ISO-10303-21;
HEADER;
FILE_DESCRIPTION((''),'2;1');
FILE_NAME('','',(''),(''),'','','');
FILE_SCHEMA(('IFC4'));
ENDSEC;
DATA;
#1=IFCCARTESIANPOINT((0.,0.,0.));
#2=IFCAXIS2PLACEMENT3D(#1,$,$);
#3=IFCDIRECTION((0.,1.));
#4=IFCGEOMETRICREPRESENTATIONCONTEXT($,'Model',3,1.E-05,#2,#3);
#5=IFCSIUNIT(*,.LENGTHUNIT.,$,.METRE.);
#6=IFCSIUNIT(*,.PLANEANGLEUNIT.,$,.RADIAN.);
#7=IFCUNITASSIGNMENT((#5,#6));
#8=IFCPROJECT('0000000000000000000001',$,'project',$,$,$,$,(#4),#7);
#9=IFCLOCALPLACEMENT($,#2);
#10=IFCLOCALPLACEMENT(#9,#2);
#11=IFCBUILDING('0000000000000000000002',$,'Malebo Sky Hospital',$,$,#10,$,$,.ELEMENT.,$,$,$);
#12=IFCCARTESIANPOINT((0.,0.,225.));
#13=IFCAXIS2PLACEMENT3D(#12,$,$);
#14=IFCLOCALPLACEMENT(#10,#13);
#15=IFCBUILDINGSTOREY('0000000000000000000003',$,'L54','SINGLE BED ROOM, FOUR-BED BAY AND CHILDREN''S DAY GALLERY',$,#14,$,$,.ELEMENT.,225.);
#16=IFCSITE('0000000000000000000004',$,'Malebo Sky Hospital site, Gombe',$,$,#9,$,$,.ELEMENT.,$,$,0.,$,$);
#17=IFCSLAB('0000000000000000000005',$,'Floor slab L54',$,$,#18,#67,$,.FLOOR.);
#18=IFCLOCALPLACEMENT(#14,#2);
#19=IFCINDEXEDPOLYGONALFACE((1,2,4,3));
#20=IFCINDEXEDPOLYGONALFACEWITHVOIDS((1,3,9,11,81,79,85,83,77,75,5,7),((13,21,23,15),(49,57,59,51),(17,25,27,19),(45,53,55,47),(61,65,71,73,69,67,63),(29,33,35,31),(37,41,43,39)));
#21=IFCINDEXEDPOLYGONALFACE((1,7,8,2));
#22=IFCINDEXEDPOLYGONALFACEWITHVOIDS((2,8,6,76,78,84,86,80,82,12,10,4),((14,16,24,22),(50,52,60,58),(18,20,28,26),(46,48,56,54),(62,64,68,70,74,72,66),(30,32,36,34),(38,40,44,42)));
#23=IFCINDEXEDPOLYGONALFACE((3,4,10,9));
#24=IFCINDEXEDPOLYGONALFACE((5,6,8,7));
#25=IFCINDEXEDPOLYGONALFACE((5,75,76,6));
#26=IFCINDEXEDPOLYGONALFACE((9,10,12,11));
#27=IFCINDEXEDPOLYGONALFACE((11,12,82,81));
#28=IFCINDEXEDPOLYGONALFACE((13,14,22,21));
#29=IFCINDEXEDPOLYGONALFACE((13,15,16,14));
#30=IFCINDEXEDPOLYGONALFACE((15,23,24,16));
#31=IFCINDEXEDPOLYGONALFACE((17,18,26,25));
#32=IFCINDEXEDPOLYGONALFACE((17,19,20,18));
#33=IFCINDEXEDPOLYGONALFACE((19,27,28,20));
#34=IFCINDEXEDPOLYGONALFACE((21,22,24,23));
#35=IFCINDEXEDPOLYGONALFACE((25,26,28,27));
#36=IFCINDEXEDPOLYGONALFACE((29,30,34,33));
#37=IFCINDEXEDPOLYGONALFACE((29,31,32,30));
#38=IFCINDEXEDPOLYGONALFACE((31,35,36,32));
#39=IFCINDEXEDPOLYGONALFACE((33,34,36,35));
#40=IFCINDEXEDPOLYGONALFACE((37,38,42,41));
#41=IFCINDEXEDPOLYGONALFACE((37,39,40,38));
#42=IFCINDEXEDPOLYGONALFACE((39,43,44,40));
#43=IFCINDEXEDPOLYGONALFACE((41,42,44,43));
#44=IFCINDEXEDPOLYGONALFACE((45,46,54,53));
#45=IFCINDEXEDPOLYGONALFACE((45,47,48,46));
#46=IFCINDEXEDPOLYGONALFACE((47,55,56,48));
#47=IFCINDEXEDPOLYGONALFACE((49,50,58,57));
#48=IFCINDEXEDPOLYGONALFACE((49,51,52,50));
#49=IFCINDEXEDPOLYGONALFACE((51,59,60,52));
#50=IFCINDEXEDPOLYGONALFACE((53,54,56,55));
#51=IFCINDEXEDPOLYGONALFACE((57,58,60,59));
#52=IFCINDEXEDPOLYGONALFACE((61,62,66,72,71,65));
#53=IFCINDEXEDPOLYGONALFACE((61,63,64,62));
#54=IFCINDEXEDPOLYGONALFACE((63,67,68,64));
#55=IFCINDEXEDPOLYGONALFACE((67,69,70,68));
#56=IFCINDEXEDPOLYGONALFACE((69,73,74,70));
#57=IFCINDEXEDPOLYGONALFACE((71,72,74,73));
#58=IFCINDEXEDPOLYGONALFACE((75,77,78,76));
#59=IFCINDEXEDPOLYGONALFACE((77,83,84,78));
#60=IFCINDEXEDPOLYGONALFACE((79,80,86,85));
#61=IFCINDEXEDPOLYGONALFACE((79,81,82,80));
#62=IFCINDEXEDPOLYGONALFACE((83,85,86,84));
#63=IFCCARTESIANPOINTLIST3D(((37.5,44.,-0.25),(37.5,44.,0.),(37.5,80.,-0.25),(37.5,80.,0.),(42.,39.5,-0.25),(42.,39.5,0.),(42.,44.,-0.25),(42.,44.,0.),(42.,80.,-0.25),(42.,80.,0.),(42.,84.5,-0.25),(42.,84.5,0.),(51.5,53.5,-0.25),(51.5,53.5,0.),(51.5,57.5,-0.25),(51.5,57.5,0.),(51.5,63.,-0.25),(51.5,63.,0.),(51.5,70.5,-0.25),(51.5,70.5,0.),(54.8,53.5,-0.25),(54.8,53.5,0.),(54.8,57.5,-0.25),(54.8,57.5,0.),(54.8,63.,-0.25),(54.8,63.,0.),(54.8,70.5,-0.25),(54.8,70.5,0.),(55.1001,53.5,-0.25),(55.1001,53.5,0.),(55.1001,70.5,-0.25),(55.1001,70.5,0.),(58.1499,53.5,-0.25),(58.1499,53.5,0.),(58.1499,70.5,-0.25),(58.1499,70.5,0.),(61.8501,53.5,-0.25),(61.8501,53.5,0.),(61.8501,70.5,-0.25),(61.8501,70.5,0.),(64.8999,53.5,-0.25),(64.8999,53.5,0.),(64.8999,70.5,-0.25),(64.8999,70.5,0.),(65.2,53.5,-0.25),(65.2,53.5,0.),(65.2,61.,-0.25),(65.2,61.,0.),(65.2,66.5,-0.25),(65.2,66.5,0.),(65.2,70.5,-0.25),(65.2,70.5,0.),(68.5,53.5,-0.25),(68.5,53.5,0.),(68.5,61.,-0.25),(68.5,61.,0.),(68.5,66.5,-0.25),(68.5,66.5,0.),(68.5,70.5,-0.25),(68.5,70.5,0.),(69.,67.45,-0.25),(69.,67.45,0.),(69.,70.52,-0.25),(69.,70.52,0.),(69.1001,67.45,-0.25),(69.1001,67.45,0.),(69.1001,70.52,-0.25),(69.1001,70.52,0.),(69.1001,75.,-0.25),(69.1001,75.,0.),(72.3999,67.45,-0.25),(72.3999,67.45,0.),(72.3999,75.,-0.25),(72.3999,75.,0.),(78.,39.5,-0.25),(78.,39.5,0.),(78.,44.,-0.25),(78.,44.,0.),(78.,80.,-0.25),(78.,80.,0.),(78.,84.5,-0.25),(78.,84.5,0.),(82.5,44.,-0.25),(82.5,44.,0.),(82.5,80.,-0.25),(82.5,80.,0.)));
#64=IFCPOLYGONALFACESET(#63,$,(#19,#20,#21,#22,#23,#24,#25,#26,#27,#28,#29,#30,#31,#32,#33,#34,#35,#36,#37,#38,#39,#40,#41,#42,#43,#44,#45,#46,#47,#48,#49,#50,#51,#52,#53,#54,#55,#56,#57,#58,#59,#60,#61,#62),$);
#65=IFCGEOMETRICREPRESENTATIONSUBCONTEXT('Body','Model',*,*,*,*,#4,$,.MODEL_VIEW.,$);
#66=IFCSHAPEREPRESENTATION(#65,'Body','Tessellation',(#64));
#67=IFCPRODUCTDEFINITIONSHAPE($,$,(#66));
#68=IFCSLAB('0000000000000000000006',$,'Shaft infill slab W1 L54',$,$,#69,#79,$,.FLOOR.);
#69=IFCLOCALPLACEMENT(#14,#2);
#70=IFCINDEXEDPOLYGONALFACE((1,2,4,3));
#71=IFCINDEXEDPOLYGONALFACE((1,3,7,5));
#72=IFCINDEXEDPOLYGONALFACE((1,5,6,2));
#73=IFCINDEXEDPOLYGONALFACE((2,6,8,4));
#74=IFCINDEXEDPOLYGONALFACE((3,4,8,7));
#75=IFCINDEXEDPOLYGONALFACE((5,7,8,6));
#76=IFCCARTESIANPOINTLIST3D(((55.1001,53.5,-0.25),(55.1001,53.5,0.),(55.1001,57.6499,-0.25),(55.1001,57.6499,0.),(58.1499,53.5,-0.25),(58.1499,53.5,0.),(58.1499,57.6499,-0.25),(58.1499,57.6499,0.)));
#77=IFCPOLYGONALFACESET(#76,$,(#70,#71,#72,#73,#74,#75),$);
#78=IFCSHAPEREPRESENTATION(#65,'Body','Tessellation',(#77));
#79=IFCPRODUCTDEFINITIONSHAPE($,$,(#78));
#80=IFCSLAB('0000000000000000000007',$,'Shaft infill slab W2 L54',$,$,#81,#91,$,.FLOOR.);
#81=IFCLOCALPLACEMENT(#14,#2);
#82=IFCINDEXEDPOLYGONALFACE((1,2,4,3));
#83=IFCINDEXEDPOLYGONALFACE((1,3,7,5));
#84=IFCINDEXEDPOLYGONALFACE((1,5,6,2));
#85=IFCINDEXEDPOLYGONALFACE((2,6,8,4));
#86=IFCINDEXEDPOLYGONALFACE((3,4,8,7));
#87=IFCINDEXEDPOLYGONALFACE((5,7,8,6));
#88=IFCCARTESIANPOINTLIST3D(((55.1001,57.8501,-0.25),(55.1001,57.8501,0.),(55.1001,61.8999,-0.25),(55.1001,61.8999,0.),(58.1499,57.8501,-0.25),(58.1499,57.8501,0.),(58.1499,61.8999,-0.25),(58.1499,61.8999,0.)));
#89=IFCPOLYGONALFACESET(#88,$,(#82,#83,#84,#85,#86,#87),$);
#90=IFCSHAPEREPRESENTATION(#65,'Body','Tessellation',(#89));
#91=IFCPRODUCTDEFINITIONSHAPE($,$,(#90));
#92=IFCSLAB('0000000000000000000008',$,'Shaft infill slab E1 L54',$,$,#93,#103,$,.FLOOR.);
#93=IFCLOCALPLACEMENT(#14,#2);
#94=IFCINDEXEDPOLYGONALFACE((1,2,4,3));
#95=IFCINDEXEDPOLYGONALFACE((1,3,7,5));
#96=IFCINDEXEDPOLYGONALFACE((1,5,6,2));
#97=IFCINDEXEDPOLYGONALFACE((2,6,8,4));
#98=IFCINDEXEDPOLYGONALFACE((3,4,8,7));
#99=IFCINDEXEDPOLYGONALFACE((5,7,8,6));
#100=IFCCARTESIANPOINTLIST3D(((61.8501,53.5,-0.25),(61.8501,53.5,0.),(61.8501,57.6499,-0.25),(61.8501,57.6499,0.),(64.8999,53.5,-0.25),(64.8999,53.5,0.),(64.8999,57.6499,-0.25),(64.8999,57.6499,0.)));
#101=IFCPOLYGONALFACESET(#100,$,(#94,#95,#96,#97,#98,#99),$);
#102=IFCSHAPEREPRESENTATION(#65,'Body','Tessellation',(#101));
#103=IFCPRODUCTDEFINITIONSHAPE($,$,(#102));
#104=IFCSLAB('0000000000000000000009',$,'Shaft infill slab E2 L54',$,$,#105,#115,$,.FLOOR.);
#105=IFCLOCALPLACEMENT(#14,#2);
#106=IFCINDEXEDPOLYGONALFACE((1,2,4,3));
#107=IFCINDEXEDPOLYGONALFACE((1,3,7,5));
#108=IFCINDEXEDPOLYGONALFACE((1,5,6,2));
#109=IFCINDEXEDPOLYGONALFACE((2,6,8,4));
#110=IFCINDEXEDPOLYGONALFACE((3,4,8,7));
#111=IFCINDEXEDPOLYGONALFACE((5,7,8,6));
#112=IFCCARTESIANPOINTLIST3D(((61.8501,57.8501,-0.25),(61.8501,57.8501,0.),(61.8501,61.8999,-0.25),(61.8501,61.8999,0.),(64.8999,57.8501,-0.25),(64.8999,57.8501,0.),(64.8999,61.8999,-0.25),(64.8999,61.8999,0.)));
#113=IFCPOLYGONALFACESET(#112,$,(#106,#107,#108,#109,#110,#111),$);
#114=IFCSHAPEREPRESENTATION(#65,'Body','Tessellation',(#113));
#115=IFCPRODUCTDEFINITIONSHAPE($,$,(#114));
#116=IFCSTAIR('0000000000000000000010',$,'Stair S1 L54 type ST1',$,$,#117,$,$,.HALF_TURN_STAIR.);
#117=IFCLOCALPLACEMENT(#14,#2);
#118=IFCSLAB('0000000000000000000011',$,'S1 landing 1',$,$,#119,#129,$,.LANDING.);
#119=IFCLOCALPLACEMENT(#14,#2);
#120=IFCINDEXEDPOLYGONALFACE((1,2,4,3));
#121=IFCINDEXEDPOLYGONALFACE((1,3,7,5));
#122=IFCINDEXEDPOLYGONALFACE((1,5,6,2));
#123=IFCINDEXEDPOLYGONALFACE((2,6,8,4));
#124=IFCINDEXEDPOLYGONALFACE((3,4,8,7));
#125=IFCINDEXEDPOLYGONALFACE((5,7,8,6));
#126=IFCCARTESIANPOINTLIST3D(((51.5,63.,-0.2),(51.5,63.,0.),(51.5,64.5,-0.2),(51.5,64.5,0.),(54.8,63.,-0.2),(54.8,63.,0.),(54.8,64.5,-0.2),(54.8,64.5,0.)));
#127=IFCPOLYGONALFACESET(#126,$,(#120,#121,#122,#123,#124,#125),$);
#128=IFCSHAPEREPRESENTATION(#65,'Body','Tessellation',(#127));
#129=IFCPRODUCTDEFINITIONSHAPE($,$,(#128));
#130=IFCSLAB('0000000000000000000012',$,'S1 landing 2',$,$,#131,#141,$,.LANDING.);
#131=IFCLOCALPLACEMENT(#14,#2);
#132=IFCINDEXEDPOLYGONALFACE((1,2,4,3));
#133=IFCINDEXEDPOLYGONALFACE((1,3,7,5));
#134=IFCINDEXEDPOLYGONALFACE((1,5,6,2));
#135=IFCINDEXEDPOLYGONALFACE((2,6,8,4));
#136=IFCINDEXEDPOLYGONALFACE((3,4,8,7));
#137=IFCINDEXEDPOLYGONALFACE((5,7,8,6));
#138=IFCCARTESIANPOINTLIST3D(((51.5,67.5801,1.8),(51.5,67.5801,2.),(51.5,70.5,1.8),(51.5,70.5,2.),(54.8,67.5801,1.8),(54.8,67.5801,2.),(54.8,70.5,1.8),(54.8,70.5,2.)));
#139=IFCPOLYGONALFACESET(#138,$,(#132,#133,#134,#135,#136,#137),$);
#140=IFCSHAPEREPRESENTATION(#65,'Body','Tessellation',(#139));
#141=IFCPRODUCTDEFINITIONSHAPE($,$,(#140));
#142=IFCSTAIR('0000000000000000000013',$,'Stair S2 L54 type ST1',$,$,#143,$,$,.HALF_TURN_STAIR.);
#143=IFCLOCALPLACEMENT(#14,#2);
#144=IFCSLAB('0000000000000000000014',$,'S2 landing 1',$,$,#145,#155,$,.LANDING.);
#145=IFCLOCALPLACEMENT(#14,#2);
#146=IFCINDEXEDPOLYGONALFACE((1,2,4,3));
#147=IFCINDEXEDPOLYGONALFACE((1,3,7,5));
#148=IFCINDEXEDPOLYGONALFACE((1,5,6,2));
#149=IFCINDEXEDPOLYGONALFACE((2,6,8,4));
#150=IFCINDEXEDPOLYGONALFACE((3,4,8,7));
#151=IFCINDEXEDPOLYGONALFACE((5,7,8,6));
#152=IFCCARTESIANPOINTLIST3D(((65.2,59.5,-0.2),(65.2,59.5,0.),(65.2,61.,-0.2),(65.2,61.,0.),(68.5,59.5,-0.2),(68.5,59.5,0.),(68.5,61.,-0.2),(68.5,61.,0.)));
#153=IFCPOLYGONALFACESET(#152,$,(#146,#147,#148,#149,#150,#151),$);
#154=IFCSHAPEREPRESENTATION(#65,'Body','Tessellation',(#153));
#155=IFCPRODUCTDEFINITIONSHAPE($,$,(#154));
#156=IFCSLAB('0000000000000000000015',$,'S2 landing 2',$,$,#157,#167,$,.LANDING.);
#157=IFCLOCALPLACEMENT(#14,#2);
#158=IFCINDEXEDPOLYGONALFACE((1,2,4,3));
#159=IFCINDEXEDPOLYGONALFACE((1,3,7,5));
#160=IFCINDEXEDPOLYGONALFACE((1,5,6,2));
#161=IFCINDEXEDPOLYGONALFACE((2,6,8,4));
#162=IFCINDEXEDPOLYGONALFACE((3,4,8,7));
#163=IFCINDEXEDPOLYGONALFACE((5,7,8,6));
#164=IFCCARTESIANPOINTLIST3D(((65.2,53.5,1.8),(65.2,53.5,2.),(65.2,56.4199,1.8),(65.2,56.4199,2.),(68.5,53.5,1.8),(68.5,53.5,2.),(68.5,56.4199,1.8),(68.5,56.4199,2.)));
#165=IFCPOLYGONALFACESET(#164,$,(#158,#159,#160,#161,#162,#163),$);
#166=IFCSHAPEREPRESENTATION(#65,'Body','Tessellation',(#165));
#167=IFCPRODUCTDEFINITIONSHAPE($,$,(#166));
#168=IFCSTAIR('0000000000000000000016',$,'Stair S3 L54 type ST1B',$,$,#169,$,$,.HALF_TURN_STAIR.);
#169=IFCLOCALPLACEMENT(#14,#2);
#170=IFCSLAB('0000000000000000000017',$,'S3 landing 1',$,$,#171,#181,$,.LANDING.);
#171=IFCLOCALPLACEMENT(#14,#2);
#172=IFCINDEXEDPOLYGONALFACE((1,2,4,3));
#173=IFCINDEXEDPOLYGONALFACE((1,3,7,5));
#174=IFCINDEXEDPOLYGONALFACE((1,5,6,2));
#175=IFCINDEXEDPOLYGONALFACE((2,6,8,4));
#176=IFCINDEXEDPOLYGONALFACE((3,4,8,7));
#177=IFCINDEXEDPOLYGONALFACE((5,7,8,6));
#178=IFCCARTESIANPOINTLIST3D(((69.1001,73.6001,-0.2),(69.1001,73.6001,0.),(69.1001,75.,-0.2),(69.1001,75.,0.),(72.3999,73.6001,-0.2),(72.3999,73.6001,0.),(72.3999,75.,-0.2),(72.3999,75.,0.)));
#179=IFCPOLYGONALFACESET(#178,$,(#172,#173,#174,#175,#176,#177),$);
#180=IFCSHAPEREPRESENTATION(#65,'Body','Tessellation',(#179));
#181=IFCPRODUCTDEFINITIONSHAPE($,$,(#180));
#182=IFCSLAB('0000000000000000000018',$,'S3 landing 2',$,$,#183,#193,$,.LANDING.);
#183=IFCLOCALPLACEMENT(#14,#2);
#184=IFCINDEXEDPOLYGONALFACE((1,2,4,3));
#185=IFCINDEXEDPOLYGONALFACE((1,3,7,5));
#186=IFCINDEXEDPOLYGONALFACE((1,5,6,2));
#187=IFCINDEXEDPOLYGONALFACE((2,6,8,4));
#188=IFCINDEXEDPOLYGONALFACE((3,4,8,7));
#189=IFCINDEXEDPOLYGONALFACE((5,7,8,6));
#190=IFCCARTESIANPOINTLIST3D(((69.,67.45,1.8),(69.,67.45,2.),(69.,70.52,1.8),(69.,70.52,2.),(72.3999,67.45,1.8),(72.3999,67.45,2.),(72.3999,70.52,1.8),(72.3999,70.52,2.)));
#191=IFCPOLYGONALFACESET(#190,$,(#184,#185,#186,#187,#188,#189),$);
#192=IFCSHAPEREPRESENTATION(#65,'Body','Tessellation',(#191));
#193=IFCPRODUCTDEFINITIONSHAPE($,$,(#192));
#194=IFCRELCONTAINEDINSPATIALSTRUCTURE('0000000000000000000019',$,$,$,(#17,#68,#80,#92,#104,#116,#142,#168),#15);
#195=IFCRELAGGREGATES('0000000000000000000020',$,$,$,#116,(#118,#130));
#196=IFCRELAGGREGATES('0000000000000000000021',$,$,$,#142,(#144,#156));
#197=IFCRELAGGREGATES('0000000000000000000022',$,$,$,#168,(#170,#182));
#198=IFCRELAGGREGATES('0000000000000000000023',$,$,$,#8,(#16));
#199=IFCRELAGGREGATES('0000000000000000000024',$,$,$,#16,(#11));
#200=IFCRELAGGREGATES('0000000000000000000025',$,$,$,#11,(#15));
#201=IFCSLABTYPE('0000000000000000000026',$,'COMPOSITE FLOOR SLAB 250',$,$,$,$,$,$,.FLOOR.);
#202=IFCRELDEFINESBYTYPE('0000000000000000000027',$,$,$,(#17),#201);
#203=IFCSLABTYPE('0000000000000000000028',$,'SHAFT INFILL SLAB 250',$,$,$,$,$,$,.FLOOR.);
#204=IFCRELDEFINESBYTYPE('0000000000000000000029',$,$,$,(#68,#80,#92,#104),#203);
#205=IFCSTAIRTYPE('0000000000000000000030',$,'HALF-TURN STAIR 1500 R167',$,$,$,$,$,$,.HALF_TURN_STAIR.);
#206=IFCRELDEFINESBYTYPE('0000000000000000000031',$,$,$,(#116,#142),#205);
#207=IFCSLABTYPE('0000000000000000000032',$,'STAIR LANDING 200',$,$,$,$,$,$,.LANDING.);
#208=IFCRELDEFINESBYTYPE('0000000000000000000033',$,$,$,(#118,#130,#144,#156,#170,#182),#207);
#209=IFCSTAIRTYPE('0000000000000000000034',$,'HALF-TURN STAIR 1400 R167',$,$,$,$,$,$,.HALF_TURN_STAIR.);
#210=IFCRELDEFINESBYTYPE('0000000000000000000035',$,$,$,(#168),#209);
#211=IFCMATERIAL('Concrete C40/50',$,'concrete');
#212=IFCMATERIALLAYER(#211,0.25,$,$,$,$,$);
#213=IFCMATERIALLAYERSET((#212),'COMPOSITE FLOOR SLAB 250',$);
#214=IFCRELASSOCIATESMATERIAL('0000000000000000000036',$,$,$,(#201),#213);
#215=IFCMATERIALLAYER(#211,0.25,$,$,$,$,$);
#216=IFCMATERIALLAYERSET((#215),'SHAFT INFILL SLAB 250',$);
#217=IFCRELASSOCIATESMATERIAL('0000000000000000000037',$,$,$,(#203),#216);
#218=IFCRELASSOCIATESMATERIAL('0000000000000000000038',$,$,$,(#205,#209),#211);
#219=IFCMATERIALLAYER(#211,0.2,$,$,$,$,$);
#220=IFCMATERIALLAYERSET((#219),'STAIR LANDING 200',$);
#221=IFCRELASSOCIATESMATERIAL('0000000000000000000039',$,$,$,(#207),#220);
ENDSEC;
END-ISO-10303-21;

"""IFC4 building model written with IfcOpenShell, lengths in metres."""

from ifc_helpers import new_model, si_unit, direction, frame, origin, place, context, subcontext, project, spatial, polyline, outline, extrude, material, layer, layer_set, type_object, element, aggregate, save


model = new_model("IFC4")

# Units and contexts
model_context = context("Model", 3, precision=1e-05, world=origin(), true_north=direction((0.0, 1.0)))
body_context = subcontext(model_context, "Body", "Model", "MODEL_VIEW")
ifc_project = project(units=[si_unit("LENGTHUNIT", "METRE"), si_unit("PLANEANGLEUNIT", "RADIAN")], contexts=[model_context])

# Site, building, storey
site_placement = place(None, origin())
site = spatial("IfcSite", under=ifc_project, at=site_placement, Name="Malebo Sky Hospital site, Gombe", CompositionType="ELEMENT", RefElevation=0.0)
building_placement = place(site_placement, origin())
building = spatial("IfcBuilding", under=site, at=building_placement, Name="Malebo Sky Hospital", CompositionType="ELEMENT")
storey_placement = place(building_placement, frame((0.0, 0.0, 225.0)))
storey = spatial("IfcBuildingStorey", under=building, at=storey_placement, Name="L54", Description="SINGLE BED ROOM, FOUR-BED BAY AND CHILDREN'S DAY GALLERY", CompositionType="ELEMENT", Elevation=225.0)

# Slabs
ifc_material_1 = material(Name="Concrete C40/50", Category="concrete")
ifc_layer_1 = layer(ifc_material_1, 0.25)
ifc_layer_set_1 = layer_set([ifc_layer_1], Name="COMPOSITE FLOOR SLAB 250")
slab_type_1 = type_object("IfcSlabType", Name="COMPOSITE FLOOR SLAB 250", PredefinedType="FLOOR", material=ifc_layer_set_1)
slab_1_placement = place(storey_placement, frame((0.0, 0.0, -0.25)))
element("IfcSlab", 1, at=slab_1_placement, inside=storey, type_object=slab_type_1, Name="Floor slab L54", PredefinedType="FLOOR", context=body_context, shape_type="SweptSolid", body=[
    extrude(outline(polyline([(42.0, 84.5), (42.0, 80.0), (37.5, 80.0), (37.5, 44.0), (42.0, 44.0), (42.0, 39.5), (78.0, 39.5), (78.0, 44.0), (82.5, 44.0), (82.5, 80.0), (78.0, 80.0), (78.0, 84.5), (42.0, 84.5)]), holes=[polyline([(55.1001, 70.5), (58.1499, 70.5), (58.1499, 53.5), (55.1001, 53.5), (55.1001, 70.5)]), polyline([(64.8999, 70.5), (64.8999, 53.5), (61.8501, 53.5), (61.8501, 70.5), (64.8999, 70.5)]), polyline([(54.8, 63.0), (51.5, 63.0), (51.5, 70.5), (54.8, 70.5), (54.8, 63.0)]), polyline([(51.5, 53.5), (51.5, 57.5), (54.8, 57.5), (54.8, 53.5), (51.5, 53.5)]), polyline([(65.2, 61.0), (68.5, 61.0), (68.5, 53.5), (65.2, 53.5), (65.2, 61.0)]), polyline([(68.5, 70.5), (68.5, 66.5), (65.2, 66.5), (65.2, 70.5), (68.5, 70.5)]), polyline([(69.0, 67.45), (69.0, 70.52), (69.1001, 70.52), (69.1001, 75.0), (72.3999, 75.0), (72.3999, 67.45), (69.1001, 67.45), (69.0, 67.45)])]), origin(), (0.0, 0.0, 1.0), 0.25),
])
ifc_layer_2 = layer(ifc_material_1, 0.25)
ifc_layer_set_2 = layer_set([ifc_layer_2], Name="SHAFT INFILL SLAB 250")
slab_type_2 = type_object("IfcSlabType", Name="SHAFT INFILL SLAB 250", PredefinedType="FLOOR", material=ifc_layer_set_2)
slab_2_placement = place(storey_placement, frame((0.0, 0.0, -0.25)))
element("IfcSlab", 2, at=slab_2_placement, inside=storey, type_object=slab_type_2, Name="Shaft infill slab W1 L54", PredefinedType="FLOOR", context=body_context, shape_type="SweptSolid", body=[
    extrude(outline(polyline([(55.1001, 53.5), (58.1499, 53.5), (58.1499, 57.6499), (55.1001, 57.6499), (55.1001, 53.5)])), origin(), (0.0, 0.0, 1.0), 0.25),
])
slab_3_placement = place(storey_placement, frame((0.0, 0.0, -0.25)))
element("IfcSlab", 3, at=slab_3_placement, inside=storey, type_object=slab_type_2, Name="Shaft infill slab W2 L54", PredefinedType="FLOOR", context=body_context, shape_type="SweptSolid", body=[
    extrude(outline(polyline([(55.1001, 57.8501), (58.1499, 57.8501), (58.1499, 61.8999), (55.1001, 61.8999), (55.1001, 57.8501)])), origin(), (0.0, 0.0, 1.0), 0.25),
])
slab_4_placement = place(storey_placement, frame((0.0, 0.0, -0.25)))
element("IfcSlab", 4, at=slab_4_placement, inside=storey, type_object=slab_type_2, Name="Shaft infill slab E1 L54", PredefinedType="FLOOR", context=body_context, shape_type="SweptSolid", body=[
    extrude(outline(polyline([(61.8501, 53.5), (64.8999, 53.5), (64.8999, 57.6499), (61.8501, 57.6499), (61.8501, 53.5)])), origin(), (0.0, 0.0, 1.0), 0.25),
])
slab_5_placement = place(storey_placement, frame((0.0, 0.0, -0.25)))
element("IfcSlab", 5, at=slab_5_placement, inside=storey, type_object=slab_type_2, Name="Shaft infill slab E2 L54", PredefinedType="FLOOR", context=body_context, shape_type="SweptSolid", body=[
    extrude(outline(polyline([(61.8501, 57.8501), (64.8999, 57.8501), (64.8999, 61.8999), (61.8501, 61.8999), (61.8501, 57.8501)])), origin(), (0.0, 0.0, 1.0), 0.25),
])

# Stairs, slabs
stair_type_1 = type_object("IfcStairType", Name="HALF-TURN STAIR 1500 R167", PredefinedType="HALF_TURN_STAIR", material=ifc_material_1)
stair_1_placement = place(storey_placement, origin())
stair_1 = element("IfcStair", 6, at=stair_1_placement, inside=storey, type_object=stair_type_1, Name="Stair S1 L54 type ST1", PredefinedType="HALF_TURN_STAIR")
ifc_layer_3 = layer(ifc_material_1, 0.2)
ifc_layer_set_3 = layer_set([ifc_layer_3], Name="STAIR LANDING 200")
slab_type_3 = type_object("IfcSlabType", Name="STAIR LANDING 200", PredefinedType="LANDING", material=ifc_layer_set_3)
slab_6_placement = place(storey_placement, frame((0.0, 0.0, -0.2)))
slab_6 = element("IfcSlab", 7, at=slab_6_placement, type_object=slab_type_3, Name="S1 landing 1", PredefinedType="LANDING", context=body_context, shape_type="SweptSolid", body=[
    extrude(outline(polyline([(51.5, 63.0), (54.8, 63.0), (54.8, 64.5), (51.5, 64.5), (51.5, 63.0)])), origin(), (0.0, 0.0, 1.0), 0.2),
])
slab_7_placement = place(storey_placement, frame((0.0, 0.0, 1.8)))
slab_7 = element("IfcSlab", 8, at=slab_7_placement, type_object=slab_type_3, Name="S1 landing 2", PredefinedType="LANDING", context=body_context, shape_type="SweptSolid", body=[
    extrude(outline(polyline([(51.5, 67.5801), (54.8, 67.5801), (54.8, 70.5), (51.5, 70.5), (51.5, 67.5801)])), origin(), (0.0, 0.0, 1.0), 0.2),
])
aggregate(stair_1, [slab_6, slab_7])
stair_2_placement = place(storey_placement, origin())
stair_2 = element("IfcStair", 9, at=stair_2_placement, inside=storey, type_object=stair_type_1, Name="Stair S2 L54 type ST1", PredefinedType="HALF_TURN_STAIR")
slab_8_placement = place(storey_placement, frame((0.0, 0.0, -0.2)))
slab_8 = element("IfcSlab", 10, at=slab_8_placement, type_object=slab_type_3, Name="S2 landing 1", PredefinedType="LANDING", context=body_context, shape_type="SweptSolid", body=[
    extrude(outline(polyline([(65.2, 59.5), (68.5, 59.5), (68.5, 61.0), (65.2, 61.0), (65.2, 59.5)])), origin(), (0.0, 0.0, 1.0), 0.2),
])
slab_9_placement = place(storey_placement, frame((0.0, 0.0, 1.8)))
slab_9 = element("IfcSlab", 11, at=slab_9_placement, type_object=slab_type_3, Name="S2 landing 2", PredefinedType="LANDING", context=body_context, shape_type="SweptSolid", body=[
    extrude(outline(polyline([(65.2, 53.5), (68.5, 53.5), (68.5, 56.4199), (65.2, 56.4199), (65.2, 53.5)])), origin(), (0.0, 0.0, 1.0), 0.2),
])
aggregate(stair_2, [slab_8, slab_9])
stair_type_2 = type_object("IfcStairType", Name="HALF-TURN STAIR 1400 R167", PredefinedType="HALF_TURN_STAIR", material=ifc_material_1)
stair_3_placement = place(storey_placement, origin())
stair_3 = element("IfcStair", 12, at=stair_3_placement, inside=storey, type_object=stair_type_2, Name="Stair S3 L54 type ST1B", PredefinedType="HALF_TURN_STAIR")
slab_10_placement = place(storey_placement, frame((0.0, 0.0, -0.2)))
slab_10 = element("IfcSlab", 13, at=slab_10_placement, type_object=slab_type_3, Name="S3 landing 1", PredefinedType="LANDING", context=body_context, shape_type="SweptSolid", body=[
    extrude(outline(polyline([(69.1001, 73.6001), (72.3999, 73.6001), (72.3999, 75.0), (69.1001, 75.0), (69.1001, 73.6001)])), origin(), (0.0, 0.0, 1.0), 0.2),
])
slab_11_placement = place(storey_placement, frame((0.0, 0.0, 1.8)))
slab_11 = element("IfcSlab", 14, at=slab_11_placement, type_object=slab_type_3, Name="S3 landing 2", PredefinedType="LANDING", context=body_context, shape_type="SweptSolid", body=[
    extrude(outline(polyline([(69.0, 67.45), (72.3999, 67.45), (72.3999, 70.52), (69.0, 70.52), (69.0, 67.45)])), origin(), (0.0, 0.0, 1.0), 0.2),
])
aggregate(stair_3, [slab_10, slab_11])

save(model, "model.ifc")
